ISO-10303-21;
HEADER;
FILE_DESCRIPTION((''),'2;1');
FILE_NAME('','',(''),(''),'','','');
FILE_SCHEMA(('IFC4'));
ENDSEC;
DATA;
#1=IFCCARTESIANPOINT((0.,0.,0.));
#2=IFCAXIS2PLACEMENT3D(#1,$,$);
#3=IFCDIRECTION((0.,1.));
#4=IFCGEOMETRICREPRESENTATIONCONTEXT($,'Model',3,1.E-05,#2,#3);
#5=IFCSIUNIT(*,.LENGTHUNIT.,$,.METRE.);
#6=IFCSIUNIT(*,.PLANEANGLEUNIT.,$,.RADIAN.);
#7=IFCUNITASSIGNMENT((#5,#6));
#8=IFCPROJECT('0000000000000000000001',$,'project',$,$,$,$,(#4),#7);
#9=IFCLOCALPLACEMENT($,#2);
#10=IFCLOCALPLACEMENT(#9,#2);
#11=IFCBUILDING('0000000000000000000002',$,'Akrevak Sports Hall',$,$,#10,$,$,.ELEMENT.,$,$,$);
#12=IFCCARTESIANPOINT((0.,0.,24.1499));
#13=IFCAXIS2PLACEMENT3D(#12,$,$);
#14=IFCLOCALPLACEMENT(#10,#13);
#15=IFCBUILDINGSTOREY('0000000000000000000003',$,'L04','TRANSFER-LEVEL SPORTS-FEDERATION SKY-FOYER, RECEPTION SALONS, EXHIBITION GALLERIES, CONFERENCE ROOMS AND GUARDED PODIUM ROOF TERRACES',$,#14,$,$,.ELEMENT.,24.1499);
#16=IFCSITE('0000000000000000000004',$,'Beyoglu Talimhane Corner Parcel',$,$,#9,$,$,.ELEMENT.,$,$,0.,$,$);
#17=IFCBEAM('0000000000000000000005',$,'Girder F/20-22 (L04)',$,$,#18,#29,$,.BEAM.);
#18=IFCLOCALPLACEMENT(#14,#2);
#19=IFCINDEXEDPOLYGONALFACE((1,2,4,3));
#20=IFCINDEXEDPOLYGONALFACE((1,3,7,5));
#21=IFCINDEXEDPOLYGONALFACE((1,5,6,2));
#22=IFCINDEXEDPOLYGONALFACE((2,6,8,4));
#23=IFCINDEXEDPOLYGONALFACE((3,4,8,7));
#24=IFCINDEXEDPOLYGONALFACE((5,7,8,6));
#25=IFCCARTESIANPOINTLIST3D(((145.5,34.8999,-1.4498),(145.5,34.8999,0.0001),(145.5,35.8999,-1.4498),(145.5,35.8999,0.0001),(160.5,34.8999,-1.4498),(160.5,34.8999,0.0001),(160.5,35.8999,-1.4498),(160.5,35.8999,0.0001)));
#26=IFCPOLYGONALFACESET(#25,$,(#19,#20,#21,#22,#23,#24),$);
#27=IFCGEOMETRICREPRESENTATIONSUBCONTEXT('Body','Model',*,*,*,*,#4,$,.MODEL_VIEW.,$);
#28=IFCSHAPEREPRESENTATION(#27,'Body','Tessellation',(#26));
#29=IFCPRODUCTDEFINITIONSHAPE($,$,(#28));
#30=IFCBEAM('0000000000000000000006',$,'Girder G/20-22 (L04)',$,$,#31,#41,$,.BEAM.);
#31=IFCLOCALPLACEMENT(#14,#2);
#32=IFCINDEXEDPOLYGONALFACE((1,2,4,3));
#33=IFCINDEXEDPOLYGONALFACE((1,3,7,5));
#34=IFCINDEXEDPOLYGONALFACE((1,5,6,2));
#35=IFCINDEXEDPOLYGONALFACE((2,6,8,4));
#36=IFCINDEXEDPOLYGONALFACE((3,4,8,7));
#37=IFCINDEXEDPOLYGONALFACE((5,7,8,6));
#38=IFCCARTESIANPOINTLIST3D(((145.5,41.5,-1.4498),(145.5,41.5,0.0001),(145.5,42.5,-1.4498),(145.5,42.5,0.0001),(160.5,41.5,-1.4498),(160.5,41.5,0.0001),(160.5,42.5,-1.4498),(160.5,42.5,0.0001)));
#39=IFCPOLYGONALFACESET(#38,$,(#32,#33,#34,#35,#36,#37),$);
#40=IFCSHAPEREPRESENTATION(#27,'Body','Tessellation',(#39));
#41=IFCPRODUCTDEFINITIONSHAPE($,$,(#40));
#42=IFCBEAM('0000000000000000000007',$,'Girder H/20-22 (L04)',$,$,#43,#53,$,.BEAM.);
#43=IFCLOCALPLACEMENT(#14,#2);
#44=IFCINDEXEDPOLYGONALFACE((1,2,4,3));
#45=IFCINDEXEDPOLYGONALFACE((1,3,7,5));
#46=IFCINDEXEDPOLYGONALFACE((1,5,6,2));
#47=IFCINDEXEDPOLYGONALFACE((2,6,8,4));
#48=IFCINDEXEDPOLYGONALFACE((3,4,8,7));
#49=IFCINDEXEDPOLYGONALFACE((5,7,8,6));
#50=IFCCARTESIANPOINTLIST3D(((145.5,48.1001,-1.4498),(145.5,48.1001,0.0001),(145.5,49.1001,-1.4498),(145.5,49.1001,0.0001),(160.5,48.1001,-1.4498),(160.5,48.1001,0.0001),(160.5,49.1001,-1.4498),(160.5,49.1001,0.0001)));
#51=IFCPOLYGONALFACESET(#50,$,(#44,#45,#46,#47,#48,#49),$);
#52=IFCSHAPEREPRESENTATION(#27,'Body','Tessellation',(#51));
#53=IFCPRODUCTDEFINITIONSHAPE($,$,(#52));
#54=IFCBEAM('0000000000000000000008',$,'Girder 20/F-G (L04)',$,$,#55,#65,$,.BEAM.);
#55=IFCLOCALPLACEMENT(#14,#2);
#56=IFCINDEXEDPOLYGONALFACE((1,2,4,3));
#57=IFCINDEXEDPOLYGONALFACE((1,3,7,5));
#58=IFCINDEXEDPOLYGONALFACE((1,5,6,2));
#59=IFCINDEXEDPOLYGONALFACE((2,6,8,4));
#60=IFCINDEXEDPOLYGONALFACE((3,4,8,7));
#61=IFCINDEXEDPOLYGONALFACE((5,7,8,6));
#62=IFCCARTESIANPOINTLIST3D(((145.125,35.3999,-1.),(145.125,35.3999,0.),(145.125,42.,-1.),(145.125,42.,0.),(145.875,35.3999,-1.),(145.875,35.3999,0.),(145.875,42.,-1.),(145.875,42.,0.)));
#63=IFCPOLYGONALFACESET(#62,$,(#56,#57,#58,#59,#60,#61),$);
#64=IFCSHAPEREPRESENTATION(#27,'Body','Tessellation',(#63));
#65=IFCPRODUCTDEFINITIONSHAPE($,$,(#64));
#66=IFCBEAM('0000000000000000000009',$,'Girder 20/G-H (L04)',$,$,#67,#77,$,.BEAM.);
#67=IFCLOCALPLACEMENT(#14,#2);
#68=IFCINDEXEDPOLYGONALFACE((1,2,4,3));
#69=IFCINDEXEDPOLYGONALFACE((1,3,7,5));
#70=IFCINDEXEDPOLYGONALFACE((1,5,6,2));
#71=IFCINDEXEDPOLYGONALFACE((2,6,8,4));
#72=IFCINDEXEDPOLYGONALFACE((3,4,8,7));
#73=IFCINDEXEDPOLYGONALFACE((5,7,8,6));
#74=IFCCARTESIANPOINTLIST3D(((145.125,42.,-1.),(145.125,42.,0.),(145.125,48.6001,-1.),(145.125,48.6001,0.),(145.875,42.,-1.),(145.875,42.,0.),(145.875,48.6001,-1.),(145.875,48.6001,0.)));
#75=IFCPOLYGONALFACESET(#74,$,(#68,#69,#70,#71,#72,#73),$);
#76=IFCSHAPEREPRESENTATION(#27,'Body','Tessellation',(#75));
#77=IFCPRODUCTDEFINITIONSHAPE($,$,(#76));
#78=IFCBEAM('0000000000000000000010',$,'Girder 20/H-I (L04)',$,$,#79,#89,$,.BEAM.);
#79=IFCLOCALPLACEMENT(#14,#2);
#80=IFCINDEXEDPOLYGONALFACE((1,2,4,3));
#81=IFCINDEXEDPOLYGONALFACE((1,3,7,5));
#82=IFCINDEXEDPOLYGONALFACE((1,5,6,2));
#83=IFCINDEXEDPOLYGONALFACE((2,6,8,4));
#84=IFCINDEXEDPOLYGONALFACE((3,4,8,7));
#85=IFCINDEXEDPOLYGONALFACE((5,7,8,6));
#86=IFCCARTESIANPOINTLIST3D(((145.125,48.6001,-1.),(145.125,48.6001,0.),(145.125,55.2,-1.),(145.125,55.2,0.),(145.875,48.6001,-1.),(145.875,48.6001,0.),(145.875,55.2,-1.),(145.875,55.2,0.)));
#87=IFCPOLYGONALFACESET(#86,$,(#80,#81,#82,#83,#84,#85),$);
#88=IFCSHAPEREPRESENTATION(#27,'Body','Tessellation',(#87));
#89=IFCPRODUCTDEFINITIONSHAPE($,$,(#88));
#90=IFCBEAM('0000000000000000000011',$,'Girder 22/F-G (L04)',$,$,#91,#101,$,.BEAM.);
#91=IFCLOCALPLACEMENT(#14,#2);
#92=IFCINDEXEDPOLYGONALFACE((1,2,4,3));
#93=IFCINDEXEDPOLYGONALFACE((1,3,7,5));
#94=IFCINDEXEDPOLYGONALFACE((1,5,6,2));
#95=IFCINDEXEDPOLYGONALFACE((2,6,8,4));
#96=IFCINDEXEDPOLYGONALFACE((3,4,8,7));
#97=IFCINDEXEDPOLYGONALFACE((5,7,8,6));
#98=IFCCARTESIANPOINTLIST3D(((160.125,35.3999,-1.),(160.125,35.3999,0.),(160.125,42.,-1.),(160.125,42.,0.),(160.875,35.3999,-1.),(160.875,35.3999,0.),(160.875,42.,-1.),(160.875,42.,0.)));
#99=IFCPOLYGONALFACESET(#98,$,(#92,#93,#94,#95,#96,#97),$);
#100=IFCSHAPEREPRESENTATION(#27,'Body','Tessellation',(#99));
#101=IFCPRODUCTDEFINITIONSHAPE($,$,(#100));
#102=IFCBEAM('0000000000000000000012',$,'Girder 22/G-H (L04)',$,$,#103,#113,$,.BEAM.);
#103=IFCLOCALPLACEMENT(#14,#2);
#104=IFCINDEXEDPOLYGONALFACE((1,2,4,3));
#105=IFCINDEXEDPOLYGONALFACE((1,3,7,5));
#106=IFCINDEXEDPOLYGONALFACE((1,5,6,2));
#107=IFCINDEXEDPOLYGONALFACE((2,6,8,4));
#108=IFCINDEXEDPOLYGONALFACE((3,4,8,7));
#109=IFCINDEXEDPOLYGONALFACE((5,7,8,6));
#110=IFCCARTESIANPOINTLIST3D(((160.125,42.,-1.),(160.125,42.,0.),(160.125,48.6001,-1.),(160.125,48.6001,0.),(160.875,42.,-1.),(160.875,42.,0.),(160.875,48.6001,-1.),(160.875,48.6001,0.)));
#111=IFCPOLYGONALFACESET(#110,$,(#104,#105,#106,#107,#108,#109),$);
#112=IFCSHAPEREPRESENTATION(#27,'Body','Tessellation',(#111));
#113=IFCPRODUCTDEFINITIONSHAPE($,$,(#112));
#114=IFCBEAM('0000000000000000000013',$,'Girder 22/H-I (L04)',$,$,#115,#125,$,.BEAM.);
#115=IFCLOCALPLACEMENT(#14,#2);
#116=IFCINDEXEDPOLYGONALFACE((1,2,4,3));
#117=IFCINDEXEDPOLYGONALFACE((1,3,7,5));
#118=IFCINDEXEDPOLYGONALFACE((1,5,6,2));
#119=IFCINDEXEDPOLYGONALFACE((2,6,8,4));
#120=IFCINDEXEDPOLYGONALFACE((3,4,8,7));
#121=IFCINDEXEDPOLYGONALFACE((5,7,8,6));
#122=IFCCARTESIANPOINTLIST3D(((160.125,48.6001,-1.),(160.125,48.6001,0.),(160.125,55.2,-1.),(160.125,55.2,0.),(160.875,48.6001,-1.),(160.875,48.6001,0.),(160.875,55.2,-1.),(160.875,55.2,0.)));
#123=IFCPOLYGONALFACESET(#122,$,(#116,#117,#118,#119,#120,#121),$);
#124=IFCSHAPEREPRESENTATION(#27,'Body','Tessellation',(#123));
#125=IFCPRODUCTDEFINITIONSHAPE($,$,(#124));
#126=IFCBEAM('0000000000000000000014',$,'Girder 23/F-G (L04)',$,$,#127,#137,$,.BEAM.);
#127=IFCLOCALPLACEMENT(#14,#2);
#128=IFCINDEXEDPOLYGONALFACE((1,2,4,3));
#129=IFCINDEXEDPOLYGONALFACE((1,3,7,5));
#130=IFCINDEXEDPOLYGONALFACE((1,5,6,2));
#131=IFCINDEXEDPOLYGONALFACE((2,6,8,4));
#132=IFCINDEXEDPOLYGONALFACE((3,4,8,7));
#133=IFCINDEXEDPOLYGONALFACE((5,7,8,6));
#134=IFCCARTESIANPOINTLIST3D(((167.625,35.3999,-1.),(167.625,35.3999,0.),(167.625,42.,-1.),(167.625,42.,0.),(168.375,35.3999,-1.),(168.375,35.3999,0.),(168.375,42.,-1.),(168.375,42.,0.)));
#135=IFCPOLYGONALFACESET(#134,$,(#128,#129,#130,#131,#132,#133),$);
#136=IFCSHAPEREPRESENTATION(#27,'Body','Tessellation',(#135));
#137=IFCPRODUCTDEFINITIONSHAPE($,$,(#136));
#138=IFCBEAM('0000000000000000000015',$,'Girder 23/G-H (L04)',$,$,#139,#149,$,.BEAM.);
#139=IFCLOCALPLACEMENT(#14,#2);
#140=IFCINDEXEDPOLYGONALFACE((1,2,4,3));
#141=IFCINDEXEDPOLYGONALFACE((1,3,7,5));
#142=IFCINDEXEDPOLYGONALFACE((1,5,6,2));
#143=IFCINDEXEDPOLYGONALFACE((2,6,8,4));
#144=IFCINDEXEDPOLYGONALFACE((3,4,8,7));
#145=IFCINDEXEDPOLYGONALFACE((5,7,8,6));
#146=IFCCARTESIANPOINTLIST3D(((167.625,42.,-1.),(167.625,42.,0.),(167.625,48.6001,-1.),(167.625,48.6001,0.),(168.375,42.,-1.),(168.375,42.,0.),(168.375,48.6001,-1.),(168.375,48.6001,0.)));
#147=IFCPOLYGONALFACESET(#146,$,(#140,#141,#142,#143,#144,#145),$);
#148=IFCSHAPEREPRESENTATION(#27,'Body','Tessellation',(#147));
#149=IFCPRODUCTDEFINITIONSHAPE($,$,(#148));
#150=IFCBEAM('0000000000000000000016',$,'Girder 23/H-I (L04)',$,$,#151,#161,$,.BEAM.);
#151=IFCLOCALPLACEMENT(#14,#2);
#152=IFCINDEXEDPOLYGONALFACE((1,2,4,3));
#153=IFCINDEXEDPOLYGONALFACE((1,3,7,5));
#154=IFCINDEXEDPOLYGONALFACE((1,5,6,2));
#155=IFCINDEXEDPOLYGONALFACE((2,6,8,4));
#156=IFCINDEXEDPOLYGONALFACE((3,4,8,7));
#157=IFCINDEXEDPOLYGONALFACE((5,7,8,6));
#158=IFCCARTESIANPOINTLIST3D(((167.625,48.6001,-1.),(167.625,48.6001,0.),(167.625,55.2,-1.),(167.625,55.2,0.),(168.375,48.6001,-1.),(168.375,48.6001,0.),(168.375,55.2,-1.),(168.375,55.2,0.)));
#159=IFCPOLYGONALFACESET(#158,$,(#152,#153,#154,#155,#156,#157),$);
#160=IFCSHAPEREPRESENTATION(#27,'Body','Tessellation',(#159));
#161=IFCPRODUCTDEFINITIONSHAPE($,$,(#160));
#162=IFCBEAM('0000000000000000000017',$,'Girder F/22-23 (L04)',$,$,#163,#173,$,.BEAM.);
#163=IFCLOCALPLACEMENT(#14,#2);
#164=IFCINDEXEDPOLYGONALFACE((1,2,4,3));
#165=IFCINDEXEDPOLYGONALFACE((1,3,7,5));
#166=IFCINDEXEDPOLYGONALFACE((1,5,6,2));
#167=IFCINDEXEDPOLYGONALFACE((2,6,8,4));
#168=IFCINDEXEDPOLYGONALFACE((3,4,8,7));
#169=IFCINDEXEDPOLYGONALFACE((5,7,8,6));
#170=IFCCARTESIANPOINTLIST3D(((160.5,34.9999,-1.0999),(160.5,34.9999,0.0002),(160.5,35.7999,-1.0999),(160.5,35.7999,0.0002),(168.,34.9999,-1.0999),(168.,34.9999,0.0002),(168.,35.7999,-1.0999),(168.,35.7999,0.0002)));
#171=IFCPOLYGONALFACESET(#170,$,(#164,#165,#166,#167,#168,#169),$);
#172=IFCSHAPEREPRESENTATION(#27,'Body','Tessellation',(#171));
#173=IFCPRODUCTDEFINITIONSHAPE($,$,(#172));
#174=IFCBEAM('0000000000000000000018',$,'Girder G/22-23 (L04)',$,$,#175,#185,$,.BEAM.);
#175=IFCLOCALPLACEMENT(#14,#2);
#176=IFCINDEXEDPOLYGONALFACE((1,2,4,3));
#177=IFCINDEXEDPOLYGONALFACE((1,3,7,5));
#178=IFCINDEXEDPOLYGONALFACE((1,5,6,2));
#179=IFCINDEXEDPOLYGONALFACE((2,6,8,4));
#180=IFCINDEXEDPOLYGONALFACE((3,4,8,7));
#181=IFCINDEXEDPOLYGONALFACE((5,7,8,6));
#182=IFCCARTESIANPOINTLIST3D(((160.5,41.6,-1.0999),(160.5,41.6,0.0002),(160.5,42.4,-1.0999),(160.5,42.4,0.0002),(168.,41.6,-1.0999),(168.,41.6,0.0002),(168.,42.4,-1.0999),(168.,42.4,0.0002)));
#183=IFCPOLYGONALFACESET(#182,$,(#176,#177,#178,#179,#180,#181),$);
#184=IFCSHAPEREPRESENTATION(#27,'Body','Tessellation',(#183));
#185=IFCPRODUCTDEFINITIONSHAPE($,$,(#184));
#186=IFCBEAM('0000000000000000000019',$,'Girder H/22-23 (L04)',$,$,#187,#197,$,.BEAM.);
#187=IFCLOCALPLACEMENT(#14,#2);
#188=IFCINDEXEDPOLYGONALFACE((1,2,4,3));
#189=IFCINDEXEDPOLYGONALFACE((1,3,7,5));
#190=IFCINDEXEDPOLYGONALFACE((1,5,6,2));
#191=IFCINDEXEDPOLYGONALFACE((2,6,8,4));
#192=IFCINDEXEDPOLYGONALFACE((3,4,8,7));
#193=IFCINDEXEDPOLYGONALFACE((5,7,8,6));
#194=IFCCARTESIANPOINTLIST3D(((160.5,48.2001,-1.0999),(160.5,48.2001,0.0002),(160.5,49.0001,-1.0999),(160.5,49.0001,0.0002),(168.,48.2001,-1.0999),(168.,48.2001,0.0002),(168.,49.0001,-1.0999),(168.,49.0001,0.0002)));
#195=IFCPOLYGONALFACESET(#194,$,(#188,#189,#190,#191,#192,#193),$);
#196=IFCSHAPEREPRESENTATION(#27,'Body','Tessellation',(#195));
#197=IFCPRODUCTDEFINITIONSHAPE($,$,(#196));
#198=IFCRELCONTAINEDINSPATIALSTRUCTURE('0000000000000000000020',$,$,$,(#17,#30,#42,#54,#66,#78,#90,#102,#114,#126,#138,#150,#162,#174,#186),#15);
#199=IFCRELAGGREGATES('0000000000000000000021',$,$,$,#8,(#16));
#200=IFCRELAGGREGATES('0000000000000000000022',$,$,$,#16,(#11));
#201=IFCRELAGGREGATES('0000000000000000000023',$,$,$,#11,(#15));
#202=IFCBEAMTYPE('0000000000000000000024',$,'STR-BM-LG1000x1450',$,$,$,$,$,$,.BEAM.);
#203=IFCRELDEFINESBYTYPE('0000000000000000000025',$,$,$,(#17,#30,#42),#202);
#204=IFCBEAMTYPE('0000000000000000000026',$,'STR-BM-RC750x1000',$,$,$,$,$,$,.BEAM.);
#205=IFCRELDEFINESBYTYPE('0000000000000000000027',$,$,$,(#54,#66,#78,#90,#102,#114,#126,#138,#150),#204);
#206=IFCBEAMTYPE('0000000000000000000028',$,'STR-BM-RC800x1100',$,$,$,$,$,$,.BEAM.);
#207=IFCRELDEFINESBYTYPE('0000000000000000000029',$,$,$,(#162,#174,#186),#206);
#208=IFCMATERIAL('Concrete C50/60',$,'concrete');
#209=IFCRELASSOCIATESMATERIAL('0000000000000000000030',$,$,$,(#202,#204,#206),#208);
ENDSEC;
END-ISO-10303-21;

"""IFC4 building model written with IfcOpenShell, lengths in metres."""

from ifc_helpers import new_model, si_unit, direction, frame, origin, origin_2d, place, context, subcontext, project, spatial, rectangle, extrude, material, material_profile, profile_set, type_object, element, save


model = new_model("IFC4")

# Units and contexts
model_context = context("Model", 3, precision=1e-05, world=origin(), true_north=direction((0.0, 1.0)))
body_context = subcontext(model_context, "Body", "Model", "MODEL_VIEW")
ifc_project = project(units=[si_unit("LENGTHUNIT", "METRE"), si_unit("PLANEANGLEUNIT", "RADIAN")], contexts=[model_context])

# Site, building, storey
site_placement = place(None, origin())
site = spatial("IfcSite", under=ifc_project, at=site_placement, Name="Beyoglu Talimhane Corner Parcel", CompositionType="ELEMENT", RefElevation=0.0)
building_placement = place(site_placement, origin())
building = spatial("IfcBuilding", under=site, at=building_placement, Name="Akrevak Sports Hall", CompositionType="ELEMENT")
storey_placement = place(building_placement, frame((0.0, 0.0, 24.1499)))
storey = spatial("IfcBuildingStorey", under=building, at=storey_placement, Name="L04", Description="TRANSFER-LEVEL SPORTS-FEDERATION SKY-FOYER, RECEPTION SALONS, EXHIBITION GALLERIES, CONFERENCE ROOMS AND GUARDED PODIUM ROOF TERRACES", CompositionType="ELEMENT", Elevation=24.1499)

# Beams
ifc_material_1 = material(Name="Concrete C50/60", Category="concrete")
ifc_material_profile_1 = material_profile(ifc_material_1, rectangle(XDim=1.0, YDim=1.45, at=origin_2d()), Name="BM 1000x1450", Category="concrete")
ifc_profile_set_1 = profile_set([ifc_material_profile_1], Name="Concrete C50/60")
beam_type_1 = type_object("IfcBeamType", Name="STR-BM-LG1000x1450", PredefinedType="BEAM", material=ifc_profile_set_1)
for number, where, z_axis, x_axis, name in (
    (1, (145.5, 35.3999, -0.7249), (1.0, 0.0, 0.0), (0.0, 1.0, 0.0), "Girder F/20-22 (L04)"),
    (2, (145.5, 42.0, -0.7249), (1.0, 0.0, 0.0), (0.0, 1.0, 0.0), "Girder G/20-22 (L04)"),
    (3, (145.5, 48.6001, -0.7249), (1.0, 0.0, 0.0), (0.0, 1.0, 0.0), "Girder H/20-22 (L04)"),
):
    element("IfcBeam", number, at=place(storey_placement, frame(where, z_axis=z_axis, x_axis=x_axis)), inside=storey, type_object=beam_type_1, Name=name, PredefinedType="BEAM", context=body_context, shape_type="SweptSolid", body=[
        extrude(rectangle(XDim=1.0, YDim=1.45, at=origin_2d()), origin(), (0.0, 0.0, 1.0), 15.0),
    ])
ifc_material_profile_2 = material_profile(ifc_material_1, rectangle(XDim=0.75, YDim=1.0, at=origin_2d()), Name="BM 750x1000", Category="concrete")
ifc_profile_set_2 = profile_set([ifc_material_profile_2], Name="Concrete C50/60")
beam_type_2 = type_object("IfcBeamType", Name="STR-BM-RC750x1000", PredefinedType="BEAM", material=ifc_profile_set_2)
for number, where, z_axis, x_axis, name in (
    (4, (145.5, 35.3999, -0.5), (0.0, 1.0, 0.0), (-1.0, 0.0, 0.0), "Girder 20/F-G (L04)"),
    (5, (145.5, 42.0, -0.5), (0.0, 1.0, 0.0), (-1.0, 0.0, 0.0), "Girder 20/G-H (L04)"),
):
    element("IfcBeam", number, at=place(storey_placement, frame(where, z_axis=z_axis, x_axis=x_axis)), inside=storey, type_object=beam_type_2, Name=name, PredefinedType="BEAM", context=body_context, shape_type="SweptSolid", body=[
        extrude(rectangle(XDim=0.75, YDim=1.0, at=origin_2d()), origin(), (0.0, 0.0, 1.0), 6.6001),
    ])
beam_1_placement = place(storey_placement, frame((145.5, 48.6001, -0.5), z_axis=(0.0, 1.0, 0.0), x_axis=(-1.0, 0.0, 0.0)))
element("IfcBeam", 6, at=beam_1_placement, inside=storey, type_object=beam_type_2, Name="Girder 20/H-I (L04)", PredefinedType="BEAM", context=body_context, shape_type="SweptSolid", body=[
    extrude(rectangle(XDim=0.75, YDim=1.0, at=origin_2d()), origin(), (0.0, 0.0, 1.0), 6.5999),
])
for number, where, z_axis, x_axis, name in (
    (7, (160.5, 35.3999, -0.5), (0.0, 1.0, 0.0), (-1.0, 0.0, 0.0), "Girder 22/F-G (L04)"),
    (8, (160.5, 42.0, -0.5), (0.0, 1.0, 0.0), (-1.0, 0.0, 0.0), "Girder 22/G-H (L04)"),
):
    element("IfcBeam", number, at=place(storey_placement, frame(where, z_axis=z_axis, x_axis=x_axis)), inside=storey, type_object=beam_type_2, Name=name, PredefinedType="BEAM", context=body_context, shape_type="SweptSolid", body=[
        extrude(rectangle(XDim=0.75, YDim=1.0, at=origin_2d()), origin(), (0.0, 0.0, 1.0), 6.6001),
    ])
beam_2_placement = place(storey_placement, frame((160.5, 48.6001, -0.5), z_axis=(0.0, 1.0, 0.0), x_axis=(-1.0, 0.0, 0.0)))
element("IfcBeam", 9, at=beam_2_placement, inside=storey, type_object=beam_type_2, Name="Girder 22/H-I (L04)", PredefinedType="BEAM", context=body_context, shape_type="SweptSolid", body=[
    extrude(rectangle(XDim=0.75, YDim=1.0, at=origin_2d()), origin(), (0.0, 0.0, 1.0), 6.5999),
])
for number, where, z_axis, x_axis, name in (
    (10, (168.0, 35.3999, -0.5), (0.0, 1.0, 0.0), (-1.0, 0.0, 0.0), "Girder 23/F-G (L04)"),
    (11, (168.0, 42.0, -0.5), (0.0, 1.0, 0.0), (-1.0, 0.0, 0.0), "Girder 23/G-H (L04)"),
):
    element("IfcBeam", number, at=place(storey_placement, frame(where, z_axis=z_axis, x_axis=x_axis)), inside=storey, type_object=beam_type_2, Name=name, PredefinedType="BEAM", context=body_context, shape_type="SweptSolid", body=[
        extrude(rectangle(XDim=0.75, YDim=1.0, at=origin_2d()), origin(), (0.0, 0.0, 1.0), 6.6001),
    ])
beam_3_placement = place(storey_placement, frame((168.0, 48.6001, -0.5), z_axis=(0.0, 1.0, 0.0), x_axis=(-1.0, 0.0, 0.0)))
element("IfcBeam", 12, at=beam_3_placement, inside=storey, type_object=beam_type_2, Name="Girder 23/H-I (L04)", PredefinedType="BEAM", context=body_context, shape_type="SweptSolid", body=[
    extrude(rectangle(XDim=0.75, YDim=1.0, at=origin_2d()), origin(), (0.0, 0.0, 1.0), 6.5999),
])
ifc_material_profile_3 = material_profile(ifc_material_1, rectangle(XDim=0.8, YDim=1.1001, at=origin_2d()), Name="BM 800x1100", Category="concrete")
ifc_profile_set_3 = profile_set([ifc_material_profile_3], Name="Concrete C50/60")
beam_type_3 = type_object("IfcBeamType", Name="STR-BM-RC800x1100", PredefinedType="BEAM", material=ifc_profile_set_3)
for number, where, z_axis, x_axis, name in (
    (13, (160.5, 35.3999, -0.5498), (1.0, 0.0, 0.0), (0.0, 1.0, 0.0), "Girder F/22-23 (L04)"),
    (14, (160.5, 42.0, -0.5498), (1.0, 0.0, 0.0), (0.0, 1.0, 0.0), "Girder G/22-23 (L04)"),
    (15, (160.5, 48.6001, -0.5498), (1.0, 0.0, 0.0), (0.0, 1.0, 0.0), "Girder H/22-23 (L04)"),
):
    element("IfcBeam", number, at=place(storey_placement, frame(where, z_axis=z_axis, x_axis=x_axis)), inside=storey, type_object=beam_type_3, Name=name, PredefinedType="BEAM", context=body_context, shape_type="SweptSolid", body=[
        extrude(rectangle(XDim=0.8, YDim=1.1001, at=origin_2d()), origin(), (0.0, 0.0, 1.0), 7.5),
    ])

save(model, "model.ifc")
